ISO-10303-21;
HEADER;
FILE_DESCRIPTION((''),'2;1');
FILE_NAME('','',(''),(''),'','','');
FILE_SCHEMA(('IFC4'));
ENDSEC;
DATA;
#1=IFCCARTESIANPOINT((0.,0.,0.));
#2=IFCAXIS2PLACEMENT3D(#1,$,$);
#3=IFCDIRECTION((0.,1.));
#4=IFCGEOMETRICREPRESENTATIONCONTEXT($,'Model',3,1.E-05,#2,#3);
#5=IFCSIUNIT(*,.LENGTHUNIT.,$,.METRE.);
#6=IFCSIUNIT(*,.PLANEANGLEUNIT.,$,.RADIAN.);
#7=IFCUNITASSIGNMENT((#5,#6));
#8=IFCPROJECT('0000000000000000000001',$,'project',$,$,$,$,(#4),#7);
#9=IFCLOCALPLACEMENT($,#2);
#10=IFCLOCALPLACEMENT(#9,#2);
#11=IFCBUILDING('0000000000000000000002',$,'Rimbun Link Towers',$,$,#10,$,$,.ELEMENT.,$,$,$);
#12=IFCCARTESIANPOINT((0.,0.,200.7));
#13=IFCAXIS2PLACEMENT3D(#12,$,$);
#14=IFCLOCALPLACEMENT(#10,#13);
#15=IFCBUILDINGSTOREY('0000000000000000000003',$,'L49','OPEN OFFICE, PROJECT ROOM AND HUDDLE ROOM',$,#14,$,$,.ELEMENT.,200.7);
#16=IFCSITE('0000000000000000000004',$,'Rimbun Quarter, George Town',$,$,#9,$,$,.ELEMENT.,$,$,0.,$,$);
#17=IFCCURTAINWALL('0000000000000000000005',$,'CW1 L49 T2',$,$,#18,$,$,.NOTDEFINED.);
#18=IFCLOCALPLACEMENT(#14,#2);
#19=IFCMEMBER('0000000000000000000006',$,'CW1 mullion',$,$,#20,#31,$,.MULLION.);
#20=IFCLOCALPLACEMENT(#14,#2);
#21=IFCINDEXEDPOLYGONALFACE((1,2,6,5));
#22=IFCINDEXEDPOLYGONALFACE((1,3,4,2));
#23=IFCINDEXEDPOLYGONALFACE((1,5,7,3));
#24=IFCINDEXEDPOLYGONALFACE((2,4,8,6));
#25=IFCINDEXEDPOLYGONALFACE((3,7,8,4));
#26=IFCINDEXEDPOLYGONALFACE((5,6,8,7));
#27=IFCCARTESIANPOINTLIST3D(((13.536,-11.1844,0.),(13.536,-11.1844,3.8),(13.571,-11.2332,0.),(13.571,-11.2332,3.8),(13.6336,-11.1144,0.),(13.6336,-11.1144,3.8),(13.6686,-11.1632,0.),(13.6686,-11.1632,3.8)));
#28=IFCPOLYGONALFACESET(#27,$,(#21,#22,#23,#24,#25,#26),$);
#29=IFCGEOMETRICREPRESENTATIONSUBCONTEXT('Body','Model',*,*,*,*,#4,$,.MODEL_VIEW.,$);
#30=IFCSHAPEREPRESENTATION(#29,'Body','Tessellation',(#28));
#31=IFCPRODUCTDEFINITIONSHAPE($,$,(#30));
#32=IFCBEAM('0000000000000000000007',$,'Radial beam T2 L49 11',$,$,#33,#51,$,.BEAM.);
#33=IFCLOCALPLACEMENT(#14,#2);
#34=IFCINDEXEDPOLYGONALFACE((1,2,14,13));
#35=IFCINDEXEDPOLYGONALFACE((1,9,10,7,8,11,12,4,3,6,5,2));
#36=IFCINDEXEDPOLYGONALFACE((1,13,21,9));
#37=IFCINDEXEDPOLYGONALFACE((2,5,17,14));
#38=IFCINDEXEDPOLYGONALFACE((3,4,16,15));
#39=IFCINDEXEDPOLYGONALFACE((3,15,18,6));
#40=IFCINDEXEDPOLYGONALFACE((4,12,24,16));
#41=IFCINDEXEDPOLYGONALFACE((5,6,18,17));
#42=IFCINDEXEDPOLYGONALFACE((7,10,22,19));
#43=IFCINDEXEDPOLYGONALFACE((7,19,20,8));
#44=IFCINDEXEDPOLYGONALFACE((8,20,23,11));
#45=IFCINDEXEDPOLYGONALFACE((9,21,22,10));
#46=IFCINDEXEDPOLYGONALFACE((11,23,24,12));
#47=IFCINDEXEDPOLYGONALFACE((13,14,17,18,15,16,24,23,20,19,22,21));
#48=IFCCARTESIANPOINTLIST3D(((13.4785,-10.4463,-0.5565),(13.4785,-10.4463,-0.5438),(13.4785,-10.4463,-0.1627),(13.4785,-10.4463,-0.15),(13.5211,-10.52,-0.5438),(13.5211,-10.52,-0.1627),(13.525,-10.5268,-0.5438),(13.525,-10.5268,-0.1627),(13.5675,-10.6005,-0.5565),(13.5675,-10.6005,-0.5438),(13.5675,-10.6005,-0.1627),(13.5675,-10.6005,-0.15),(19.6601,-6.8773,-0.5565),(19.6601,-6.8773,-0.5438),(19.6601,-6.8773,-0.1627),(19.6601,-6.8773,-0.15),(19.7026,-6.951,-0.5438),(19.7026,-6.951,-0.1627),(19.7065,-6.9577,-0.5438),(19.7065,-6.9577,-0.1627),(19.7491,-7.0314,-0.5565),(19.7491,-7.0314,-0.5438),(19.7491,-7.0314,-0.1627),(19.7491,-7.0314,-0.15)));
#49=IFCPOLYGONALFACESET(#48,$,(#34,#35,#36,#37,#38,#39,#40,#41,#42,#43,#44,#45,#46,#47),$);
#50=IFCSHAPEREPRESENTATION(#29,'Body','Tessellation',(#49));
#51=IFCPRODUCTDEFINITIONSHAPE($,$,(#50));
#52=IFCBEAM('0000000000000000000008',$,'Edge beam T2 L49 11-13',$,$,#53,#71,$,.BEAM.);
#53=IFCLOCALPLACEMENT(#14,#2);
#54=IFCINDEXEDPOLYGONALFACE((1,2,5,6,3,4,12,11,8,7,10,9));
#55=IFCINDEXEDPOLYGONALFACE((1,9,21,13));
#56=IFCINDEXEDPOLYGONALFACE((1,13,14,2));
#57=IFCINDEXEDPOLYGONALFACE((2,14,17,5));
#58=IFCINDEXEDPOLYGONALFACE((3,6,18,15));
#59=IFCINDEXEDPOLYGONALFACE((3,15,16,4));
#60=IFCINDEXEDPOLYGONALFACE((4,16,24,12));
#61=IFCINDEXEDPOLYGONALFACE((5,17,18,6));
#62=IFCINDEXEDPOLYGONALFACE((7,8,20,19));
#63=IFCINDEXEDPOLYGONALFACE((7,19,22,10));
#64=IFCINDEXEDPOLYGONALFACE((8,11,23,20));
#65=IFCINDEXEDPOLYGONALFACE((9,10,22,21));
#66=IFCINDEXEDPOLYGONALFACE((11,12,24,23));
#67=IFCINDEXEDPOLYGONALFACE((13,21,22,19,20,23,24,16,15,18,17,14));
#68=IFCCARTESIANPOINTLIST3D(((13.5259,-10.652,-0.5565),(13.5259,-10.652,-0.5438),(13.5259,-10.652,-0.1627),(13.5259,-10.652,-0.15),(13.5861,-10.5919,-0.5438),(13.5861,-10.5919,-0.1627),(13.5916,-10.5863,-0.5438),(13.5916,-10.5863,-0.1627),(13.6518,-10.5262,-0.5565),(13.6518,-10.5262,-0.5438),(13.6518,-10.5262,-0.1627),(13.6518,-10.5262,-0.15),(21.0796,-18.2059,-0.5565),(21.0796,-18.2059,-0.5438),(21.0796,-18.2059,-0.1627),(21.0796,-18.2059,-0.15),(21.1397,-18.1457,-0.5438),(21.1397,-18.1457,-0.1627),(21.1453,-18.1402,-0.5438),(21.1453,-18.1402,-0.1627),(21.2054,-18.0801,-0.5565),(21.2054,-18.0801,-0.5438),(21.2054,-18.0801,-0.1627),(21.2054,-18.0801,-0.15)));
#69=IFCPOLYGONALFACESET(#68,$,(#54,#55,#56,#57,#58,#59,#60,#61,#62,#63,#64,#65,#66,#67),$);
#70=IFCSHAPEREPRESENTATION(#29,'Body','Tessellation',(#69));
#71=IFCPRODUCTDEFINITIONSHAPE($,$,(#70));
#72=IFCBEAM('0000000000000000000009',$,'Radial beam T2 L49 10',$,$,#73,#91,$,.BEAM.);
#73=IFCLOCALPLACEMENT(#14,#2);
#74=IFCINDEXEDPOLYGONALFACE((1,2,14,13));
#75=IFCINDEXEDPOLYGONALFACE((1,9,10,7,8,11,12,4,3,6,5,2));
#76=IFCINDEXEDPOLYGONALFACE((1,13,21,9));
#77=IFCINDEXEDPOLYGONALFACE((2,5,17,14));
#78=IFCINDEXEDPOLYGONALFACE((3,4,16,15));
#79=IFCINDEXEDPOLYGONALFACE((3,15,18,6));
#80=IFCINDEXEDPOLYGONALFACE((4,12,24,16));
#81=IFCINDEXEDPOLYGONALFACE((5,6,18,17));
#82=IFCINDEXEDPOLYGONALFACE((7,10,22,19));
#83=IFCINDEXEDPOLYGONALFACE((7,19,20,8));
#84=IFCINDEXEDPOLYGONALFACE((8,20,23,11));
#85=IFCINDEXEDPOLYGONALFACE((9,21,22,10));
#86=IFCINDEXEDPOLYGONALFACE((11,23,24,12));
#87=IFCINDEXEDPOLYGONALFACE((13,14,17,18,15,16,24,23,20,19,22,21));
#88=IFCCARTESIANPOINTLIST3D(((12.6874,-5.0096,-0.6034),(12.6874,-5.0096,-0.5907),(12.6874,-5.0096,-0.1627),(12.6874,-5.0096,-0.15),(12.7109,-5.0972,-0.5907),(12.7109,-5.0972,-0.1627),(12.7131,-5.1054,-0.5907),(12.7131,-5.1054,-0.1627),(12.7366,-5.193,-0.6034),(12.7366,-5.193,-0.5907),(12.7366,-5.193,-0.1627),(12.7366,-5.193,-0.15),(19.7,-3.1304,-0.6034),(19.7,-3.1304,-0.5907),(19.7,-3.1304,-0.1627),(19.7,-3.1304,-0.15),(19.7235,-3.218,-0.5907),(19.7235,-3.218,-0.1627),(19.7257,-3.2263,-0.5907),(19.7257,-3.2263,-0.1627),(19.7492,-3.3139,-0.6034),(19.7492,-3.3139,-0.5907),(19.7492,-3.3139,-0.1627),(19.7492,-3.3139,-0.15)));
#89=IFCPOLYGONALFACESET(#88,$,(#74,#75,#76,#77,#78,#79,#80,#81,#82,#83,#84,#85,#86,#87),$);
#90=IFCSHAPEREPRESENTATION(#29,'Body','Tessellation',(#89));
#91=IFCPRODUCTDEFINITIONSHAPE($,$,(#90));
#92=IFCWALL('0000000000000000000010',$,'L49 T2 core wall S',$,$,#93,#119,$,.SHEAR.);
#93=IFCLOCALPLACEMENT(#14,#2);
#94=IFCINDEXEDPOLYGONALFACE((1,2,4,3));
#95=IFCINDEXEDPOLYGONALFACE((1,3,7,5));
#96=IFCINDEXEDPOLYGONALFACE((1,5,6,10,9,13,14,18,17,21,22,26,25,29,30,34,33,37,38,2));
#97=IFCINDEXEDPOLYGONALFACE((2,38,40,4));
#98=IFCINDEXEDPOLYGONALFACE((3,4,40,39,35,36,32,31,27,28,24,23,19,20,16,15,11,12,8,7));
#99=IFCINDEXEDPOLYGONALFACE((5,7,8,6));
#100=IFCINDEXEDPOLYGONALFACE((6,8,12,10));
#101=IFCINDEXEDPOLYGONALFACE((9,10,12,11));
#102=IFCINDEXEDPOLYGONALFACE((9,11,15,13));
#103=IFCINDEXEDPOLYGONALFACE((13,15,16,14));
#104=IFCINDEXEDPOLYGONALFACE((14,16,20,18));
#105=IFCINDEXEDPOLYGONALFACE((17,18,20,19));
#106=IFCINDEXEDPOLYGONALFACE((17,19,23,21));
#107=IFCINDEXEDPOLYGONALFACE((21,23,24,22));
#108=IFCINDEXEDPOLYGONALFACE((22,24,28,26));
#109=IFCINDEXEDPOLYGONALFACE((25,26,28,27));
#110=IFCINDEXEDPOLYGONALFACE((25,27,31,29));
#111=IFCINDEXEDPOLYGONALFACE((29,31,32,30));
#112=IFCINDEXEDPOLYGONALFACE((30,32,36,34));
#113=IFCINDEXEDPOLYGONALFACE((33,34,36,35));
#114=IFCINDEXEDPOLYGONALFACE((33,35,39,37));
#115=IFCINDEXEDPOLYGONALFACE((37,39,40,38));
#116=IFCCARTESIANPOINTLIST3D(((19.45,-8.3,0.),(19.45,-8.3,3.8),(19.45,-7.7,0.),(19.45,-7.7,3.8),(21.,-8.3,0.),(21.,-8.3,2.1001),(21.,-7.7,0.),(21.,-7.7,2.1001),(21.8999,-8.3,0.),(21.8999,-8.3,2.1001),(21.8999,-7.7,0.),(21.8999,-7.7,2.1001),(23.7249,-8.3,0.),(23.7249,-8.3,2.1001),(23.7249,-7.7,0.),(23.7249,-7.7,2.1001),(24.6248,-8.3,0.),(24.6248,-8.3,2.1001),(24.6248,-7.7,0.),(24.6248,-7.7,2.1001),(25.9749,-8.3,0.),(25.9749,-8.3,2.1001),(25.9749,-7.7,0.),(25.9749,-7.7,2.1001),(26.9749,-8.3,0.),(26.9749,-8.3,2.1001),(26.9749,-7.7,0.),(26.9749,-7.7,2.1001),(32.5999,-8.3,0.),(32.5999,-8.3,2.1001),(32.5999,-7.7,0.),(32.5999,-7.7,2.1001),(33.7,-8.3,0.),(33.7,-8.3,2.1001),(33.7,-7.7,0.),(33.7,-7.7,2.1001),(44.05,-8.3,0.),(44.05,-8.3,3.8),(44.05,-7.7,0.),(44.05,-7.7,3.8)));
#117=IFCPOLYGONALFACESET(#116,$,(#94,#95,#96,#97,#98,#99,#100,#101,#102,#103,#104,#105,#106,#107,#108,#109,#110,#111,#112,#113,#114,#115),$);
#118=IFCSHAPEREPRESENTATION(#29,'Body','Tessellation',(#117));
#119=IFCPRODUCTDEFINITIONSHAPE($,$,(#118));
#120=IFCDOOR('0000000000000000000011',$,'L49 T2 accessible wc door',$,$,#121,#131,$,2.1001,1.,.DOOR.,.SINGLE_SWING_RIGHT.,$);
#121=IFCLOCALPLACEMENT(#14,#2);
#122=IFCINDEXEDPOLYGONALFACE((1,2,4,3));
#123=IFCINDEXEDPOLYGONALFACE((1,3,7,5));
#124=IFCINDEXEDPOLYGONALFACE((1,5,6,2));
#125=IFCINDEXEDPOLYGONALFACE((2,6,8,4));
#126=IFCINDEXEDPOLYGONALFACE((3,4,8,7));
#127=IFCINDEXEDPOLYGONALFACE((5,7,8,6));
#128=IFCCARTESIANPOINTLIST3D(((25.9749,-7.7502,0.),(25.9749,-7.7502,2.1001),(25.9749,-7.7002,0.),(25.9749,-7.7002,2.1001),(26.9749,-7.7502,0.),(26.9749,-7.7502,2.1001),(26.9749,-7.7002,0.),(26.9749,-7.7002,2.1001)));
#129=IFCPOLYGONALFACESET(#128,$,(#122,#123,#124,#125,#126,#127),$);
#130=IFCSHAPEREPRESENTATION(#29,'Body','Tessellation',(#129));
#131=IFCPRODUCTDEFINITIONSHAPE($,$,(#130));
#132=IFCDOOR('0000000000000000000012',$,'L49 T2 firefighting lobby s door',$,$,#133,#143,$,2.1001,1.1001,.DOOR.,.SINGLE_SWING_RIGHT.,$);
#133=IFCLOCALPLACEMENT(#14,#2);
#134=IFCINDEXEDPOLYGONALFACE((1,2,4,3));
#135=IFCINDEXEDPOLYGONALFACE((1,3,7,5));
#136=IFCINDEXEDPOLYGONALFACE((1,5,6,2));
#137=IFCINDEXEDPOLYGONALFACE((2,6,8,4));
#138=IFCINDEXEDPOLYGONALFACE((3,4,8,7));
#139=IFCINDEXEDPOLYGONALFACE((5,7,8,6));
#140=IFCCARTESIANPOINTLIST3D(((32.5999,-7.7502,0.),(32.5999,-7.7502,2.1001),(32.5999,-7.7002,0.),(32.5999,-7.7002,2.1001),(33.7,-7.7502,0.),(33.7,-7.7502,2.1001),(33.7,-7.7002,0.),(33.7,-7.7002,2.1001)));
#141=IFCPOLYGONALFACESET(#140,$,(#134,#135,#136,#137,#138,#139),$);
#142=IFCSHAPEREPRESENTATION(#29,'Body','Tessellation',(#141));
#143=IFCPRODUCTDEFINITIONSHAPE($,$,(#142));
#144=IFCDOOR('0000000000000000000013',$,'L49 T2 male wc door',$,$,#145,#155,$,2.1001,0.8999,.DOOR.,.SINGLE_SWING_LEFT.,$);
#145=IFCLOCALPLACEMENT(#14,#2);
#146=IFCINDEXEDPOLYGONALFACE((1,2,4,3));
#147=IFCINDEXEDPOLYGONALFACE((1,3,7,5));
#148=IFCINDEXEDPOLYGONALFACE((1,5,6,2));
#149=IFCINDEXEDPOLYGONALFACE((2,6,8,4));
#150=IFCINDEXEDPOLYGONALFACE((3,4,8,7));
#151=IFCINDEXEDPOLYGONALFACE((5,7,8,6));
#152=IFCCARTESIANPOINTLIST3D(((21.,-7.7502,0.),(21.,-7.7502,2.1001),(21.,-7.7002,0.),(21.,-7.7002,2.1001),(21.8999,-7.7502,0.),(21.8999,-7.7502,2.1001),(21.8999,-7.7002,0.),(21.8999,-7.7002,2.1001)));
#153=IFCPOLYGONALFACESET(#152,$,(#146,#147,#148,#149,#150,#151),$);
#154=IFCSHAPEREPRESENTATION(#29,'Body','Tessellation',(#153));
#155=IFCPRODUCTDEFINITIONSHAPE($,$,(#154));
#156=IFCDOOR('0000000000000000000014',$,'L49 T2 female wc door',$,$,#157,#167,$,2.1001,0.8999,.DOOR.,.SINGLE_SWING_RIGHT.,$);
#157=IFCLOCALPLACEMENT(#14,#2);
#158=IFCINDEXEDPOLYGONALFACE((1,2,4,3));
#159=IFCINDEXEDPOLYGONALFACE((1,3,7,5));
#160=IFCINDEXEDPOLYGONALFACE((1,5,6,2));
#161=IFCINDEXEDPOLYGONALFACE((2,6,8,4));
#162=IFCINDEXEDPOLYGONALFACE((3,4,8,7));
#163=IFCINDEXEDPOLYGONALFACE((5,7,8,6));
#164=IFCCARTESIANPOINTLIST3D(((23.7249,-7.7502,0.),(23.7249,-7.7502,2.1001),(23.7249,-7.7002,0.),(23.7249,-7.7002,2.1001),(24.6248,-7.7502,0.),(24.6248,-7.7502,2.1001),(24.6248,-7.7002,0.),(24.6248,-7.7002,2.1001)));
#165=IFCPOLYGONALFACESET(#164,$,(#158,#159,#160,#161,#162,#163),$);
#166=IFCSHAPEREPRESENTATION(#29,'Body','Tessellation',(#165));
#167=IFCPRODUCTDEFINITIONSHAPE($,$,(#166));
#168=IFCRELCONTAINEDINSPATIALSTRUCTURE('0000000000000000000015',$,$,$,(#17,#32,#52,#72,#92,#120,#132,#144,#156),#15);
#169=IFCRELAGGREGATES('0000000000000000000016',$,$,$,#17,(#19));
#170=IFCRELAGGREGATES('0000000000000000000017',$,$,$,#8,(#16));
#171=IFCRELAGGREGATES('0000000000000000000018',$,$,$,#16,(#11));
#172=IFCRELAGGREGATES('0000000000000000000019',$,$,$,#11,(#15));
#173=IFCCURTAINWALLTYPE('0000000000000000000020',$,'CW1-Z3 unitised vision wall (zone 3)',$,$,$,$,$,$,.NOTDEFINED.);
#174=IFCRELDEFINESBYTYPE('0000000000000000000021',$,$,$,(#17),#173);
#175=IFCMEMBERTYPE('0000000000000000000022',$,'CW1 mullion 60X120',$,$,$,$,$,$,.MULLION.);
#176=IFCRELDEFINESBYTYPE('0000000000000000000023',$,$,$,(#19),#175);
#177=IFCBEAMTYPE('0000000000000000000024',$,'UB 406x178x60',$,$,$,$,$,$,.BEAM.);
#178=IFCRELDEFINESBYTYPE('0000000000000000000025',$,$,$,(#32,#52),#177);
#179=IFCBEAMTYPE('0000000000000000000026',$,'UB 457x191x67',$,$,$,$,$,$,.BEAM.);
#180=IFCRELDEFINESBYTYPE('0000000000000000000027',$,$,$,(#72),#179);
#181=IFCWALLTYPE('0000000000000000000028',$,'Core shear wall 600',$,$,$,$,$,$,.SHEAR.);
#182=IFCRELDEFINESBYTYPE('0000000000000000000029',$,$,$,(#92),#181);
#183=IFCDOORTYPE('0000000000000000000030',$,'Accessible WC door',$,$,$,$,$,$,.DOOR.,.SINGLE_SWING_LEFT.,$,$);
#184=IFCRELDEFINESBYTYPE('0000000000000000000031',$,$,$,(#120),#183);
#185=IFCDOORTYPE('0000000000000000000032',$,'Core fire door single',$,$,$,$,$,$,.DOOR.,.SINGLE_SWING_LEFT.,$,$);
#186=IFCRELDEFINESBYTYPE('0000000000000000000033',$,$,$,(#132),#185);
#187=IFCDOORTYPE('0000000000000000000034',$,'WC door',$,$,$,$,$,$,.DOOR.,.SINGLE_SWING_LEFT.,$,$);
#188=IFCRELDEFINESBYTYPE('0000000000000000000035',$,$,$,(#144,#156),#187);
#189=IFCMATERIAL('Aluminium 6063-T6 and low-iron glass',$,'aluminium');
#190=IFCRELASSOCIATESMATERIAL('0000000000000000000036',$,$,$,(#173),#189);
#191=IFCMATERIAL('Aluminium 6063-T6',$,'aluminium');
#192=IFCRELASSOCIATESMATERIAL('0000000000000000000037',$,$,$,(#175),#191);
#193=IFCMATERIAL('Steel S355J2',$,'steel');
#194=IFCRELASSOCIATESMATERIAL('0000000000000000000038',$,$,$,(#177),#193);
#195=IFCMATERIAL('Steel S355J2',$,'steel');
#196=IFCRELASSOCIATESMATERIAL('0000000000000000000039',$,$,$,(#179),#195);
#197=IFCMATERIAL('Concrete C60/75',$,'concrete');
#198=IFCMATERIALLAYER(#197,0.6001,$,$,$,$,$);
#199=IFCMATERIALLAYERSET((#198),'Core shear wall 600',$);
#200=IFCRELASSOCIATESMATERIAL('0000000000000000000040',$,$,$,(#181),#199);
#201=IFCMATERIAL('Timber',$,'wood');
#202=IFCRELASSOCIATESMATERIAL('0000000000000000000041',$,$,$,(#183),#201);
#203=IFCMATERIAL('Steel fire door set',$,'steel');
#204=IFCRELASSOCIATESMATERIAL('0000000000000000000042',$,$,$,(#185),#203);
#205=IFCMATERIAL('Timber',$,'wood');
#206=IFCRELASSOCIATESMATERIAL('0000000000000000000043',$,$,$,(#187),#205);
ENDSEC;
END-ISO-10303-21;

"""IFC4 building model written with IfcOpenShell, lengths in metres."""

from ifc_helpers import new_model, si_unit, direction, frame, frame_2d, origin, origin_2d, place, context, subcontext, project, spatial, rectangle, i_section, extrude, material, layer, layer_set, material_profile, profile_set, type_object, element, fill, aggregate, save


model = new_model("IFC4")

# Units and contexts
model_context = context("Model", 3, precision=1e-05, world=origin(), true_north=direction((0.0, 1.0)))
body_context = subcontext(model_context, "Body", "Model", "MODEL_VIEW")
ifc_project = project(units=[si_unit("LENGTHUNIT", "METRE"), si_unit("PLANEANGLEUNIT", "RADIAN")], contexts=[model_context])

# Site, building, storey
site_placement = place(None, origin())
site = spatial("IfcSite", under=ifc_project, at=site_placement, Name="Rimbun Quarter, George Town", CompositionType="ELEMENT", RefElevation=0.0)
building_placement = place(site_placement, origin())
building = spatial("IfcBuilding", under=site, at=building_placement, Name="Rimbun Link Towers", CompositionType="ELEMENT")
storey_placement = place(building_placement, frame((0.0, 0.0, 200.7)))
storey = spatial("IfcBuildingStorey", under=building, at=storey_placement, Name="L49", Description="OPEN OFFICE, PROJECT ROOM AND HUDDLE ROOM", CompositionType="ELEMENT", Elevation=200.7)

# Curtain wall, member
ifc_material_1 = material(Name="Aluminium 6063-T6 and low-iron glass", Category="aluminium")
curtain_wall_type = type_object("IfcCurtainWallType", Name="CW1-Z3 unitised vision wall (zone 3)", PredefinedType="NOTDEFINED", material=ifc_material_1)
curtain_wall_placement = place(storey_placement, origin())
curtain_wall = element("IfcCurtainWall", 1, at=curtain_wall_placement, inside=storey, type_object=curtain_wall_type, Name="CW1 L49 T2", PredefinedType="NOTDEFINED")
ifc_material_2 = material(Name="Aluminium 6063-T6", Category="aluminium")
ifc_material_profile_1 = material_profile(ifc_material_2, rectangle(XDim=0.1201, YDim=0.0601, at=origin_2d()), Name="MULLION 60X120")
ifc_profile_set_1 = profile_set([ifc_material_profile_1], Name="Aluminium 6063-T6")
member_type = type_object("IfcMemberType", Name="CW1 mullion 60X120", PredefinedType="MULLION", material=ifc_profile_set_1)
member_placement = place(storey_placement, frame((13.6023, -11.1738, 0.0), z_axis=(0.0, 0.0, 1.0), x_axis=(-0.812465, -0.583009, 0.0)))
member = element("IfcMember", 2, at=member_placement, type_object=member_type, Name="CW1 mullion", PredefinedType="MULLION", context=body_context, shape_type="SweptSolid", body=[
    extrude(rectangle(XDim=0.1201, YDim=0.0601, at=origin_2d()), origin(), (0.0, 0.0, 1.0), 3.8),
])
aggregate(curtain_wall, [member])

# Beams
ifc_material_3 = material(Name="Steel S355J2", Category="steel")
ifc_material_profile_2 = material_profile(ifc_material_3, i_section(OverallWidth=0.178, OverallDepth=0.4065, WebThickness=0.0078, FlangeThickness=0.0127, at=origin_2d()), Name="UB 406x178x60")
ifc_profile_set_2 = profile_set([ifc_material_profile_2], Name="Steel S355J2")
beam_type_1 = type_object("IfcBeamType", Name="UB 406x178x60", PredefinedType="BEAM", material=ifc_profile_set_2)
beam_1_placement = place(storey_placement, frame((19.7046, -6.9543, -0.3533), z_axis=(-0.866018, -0.500013, 0.0), x_axis=(0.500013, -0.866018, 0.0)))
element("IfcBeam", 3, at=beam_1_placement, inside=storey, type_object=beam_type_1, Name="Radial beam T2 L49 11", PredefinedType="BEAM", context=body_context, shape_type="SweptSolid", body=[
    extrude(i_section(OverallWidth=0.178, OverallDepth=0.4065, WebThickness=0.0078, FlangeThickness=0.0127, at=origin_2d()), origin(), (0.0, 0.0, 1.0), 7.1379),
])
beam_2_placement = place(storey_placement, frame((13.5889, -10.5891, -0.3533), z_axis=(0.707095, -0.707118, 0.0), x_axis=(0.707118, 0.707095, 0.0)))
element("IfcBeam", 4, at=beam_2_placement, inside=storey, type_object=beam_type_1, Name="Edge beam T2 L49 11-13", PredefinedType="BEAM", context=body_context, shape_type="SweptSolid", body=[
    extrude(i_section(OverallWidth=0.178, OverallDepth=0.4065, WebThickness=0.0078, FlangeThickness=0.0127, at=origin_2d()), origin(), (0.0, 0.0, 1.0), 10.6826),
])
ifc_material_4 = material(Name="Steel S355J2", Category="steel")
ifc_material_profile_3 = material_profile(ifc_material_4, i_section(OverallWidth=0.1899, OverallDepth=0.4534, WebThickness=0.0085, FlangeThickness=0.0127, at=origin_2d()), Name="UB 457x191x67")
ifc_profile_set_3 = profile_set([ifc_material_profile_3], Name="Steel S355J2")
beam_type_2 = type_object("IfcBeamType", Name="UB 457x191x67", PredefinedType="BEAM", material=ifc_profile_set_3)
beam_3_placement = place(storey_placement, frame((19.7246, -3.2222, -0.3767), z_axis=(-0.965922, -0.258832, 0.0), x_axis=(0.258832, -0.965922, 0.0)))
element("IfcBeam", 5, at=beam_3_placement, inside=storey, type_object=beam_type_2, Name="Radial beam T2 L49 10", PredefinedType="BEAM", context=body_context, shape_type="SweptSolid", body=[
    extrude(i_section(OverallWidth=0.1899, OverallDepth=0.4534, WebThickness=0.0085, FlangeThickness=0.0127, at=origin_2d()), origin(), (0.0, 0.0, 1.0), 7.26),
])

# Wall, openings, doors
ifc_material_5 = material(Name="Concrete C60/75", Category="concrete")
ifc_layer_1 = layer(ifc_material_5, 0.6001)
ifc_layer_set_1 = layer_set([ifc_layer_1], Name="Core shear wall 600")
wall_type_1 = type_object("IfcWallType", Name="Core shear wall 600", PredefinedType="SHEAR", material=ifc_layer_set_1)
wall_1_placement = place(storey_placement, frame((19.45, -8.0, 0.0), z_axis=(0.0, 0.0, 1.0), x_axis=(1.0, 0.0, 0.0)))
wall_1 = element("IfcWall", 6, at=wall_1_placement, inside=storey, type_object=wall_type_1, Name="L49 T2 core wall S", PredefinedType="SHEAR", context=body_context, shape_type="SweptSolid", body=[
    extrude(rectangle(XDim=24.6001, YDim=0.6001, at=frame_2d((12.3, 0.0))), origin(), (0.0, 0.0, 1.0), 3.8),
])
opening_1_placement = place(wall_1_placement, frame((13.1499, 0.0, 0.0)))
opening_1 = element("IfcOpeningElement", 7, at=opening_1_placement, cuts=wall_1, PredefinedType="OPENING", context=body_context, shape_type="SweptSolid", body=[
    extrude(rectangle(XDim=1.1001, YDim=2.1001, at=frame_2d((0.55, 1.05))), frame((0.0, 0.3101, 0.0), z_axis=(0.0, -1.0, 0.0), x_axis=(1.0, 0.0, 0.0)), (0.0, 0.0, 1.0), 0.6201),
])
opening_2_placement = place(wall_1_placement, frame((1.55, 0.0, 0.0)))
opening_2 = element("IfcOpeningElement", 8, at=opening_2_placement, cuts=wall_1, PredefinedType="OPENING", context=body_context, shape_type="SweptSolid", body=[
    extrude(rectangle(XDim=0.8999, YDim=2.1001, at=frame_2d((0.45, 1.05))), frame((0.0, 0.3101, 0.0), z_axis=(0.0, -1.0, 0.0), x_axis=(1.0, 0.0, 0.0)), (0.0, 0.0, 1.0), 0.6201),
])
opening_3_placement = place(wall_1_placement, frame((4.2749, 0.0, 0.0)))
opening_3 = element("IfcOpeningElement", 9, at=opening_3_placement, cuts=wall_1, PredefinedType="OPENING", context=body_context, shape_type="SweptSolid", body=[
    extrude(rectangle(XDim=0.8999, YDim=2.1001, at=frame_2d((0.45, 1.05))), frame((0.0, 0.3101, 0.0), z_axis=(0.0, -1.0, 0.0), x_axis=(1.0, 0.0, 0.0)), (0.0, 0.0, 1.0), 0.6201),
])
opening_4_placement = place(wall_1_placement, frame((6.5249, 0.0, 0.0)))
opening_4 = element("IfcOpeningElement", 10, at=opening_4_placement, cuts=wall_1, PredefinedType="OPENING", context=body_context, shape_type="SweptSolid", body=[
    extrude(rectangle(XDim=1.0, YDim=2.1001, at=frame_2d((0.5, 1.05))), frame((0.0, 0.3101, 0.0), z_axis=(0.0, -1.0, 0.0), x_axis=(1.0, 0.0, 0.0)), (0.0, 0.0, 1.0), 0.6201),
])
ifc_material_6 = material(Name="Timber", Category="wood")
door_type_1 = type_object("IfcDoorType", Name="Accessible WC door", OperationType="SINGLE_SWING_LEFT", PredefinedType="DOOR", material=ifc_material_6)
door_1_placement = place(opening_4_placement, origin())
door_1 = element("IfcDoor", 11, at=door_1_placement, inside=storey, type_object=door_type_1, Name="L49 T2 accessible wc door", OperationType="SINGLE_SWING_RIGHT", OverallHeight=2.1001, OverallWidth=1.0, PredefinedType="DOOR", context=body_context, shape_type="SweptSolid", body=[
    extrude(rectangle(XDim=1.0, YDim=2.1001, at=frame_2d((0.5, 1.05))), frame((0.0, 0.2998, 0.0), z_axis=(0.0, -1.0, 0.0), x_axis=(1.0, 0.0, 0.0)), (0.0, 0.0, 1.0), 0.05),
])
fill(opening_4, door_1)
ifc_material_7 = material(Name="Steel fire door set", Category="steel")
door_type_2 = type_object("IfcDoorType", Name="Core fire door single", OperationType="SINGLE_SWING_LEFT", PredefinedType="DOOR", material=ifc_material_7)
door_2_placement = place(opening_1_placement, origin())
door_2 = element("IfcDoor", 12, at=door_2_placement, inside=storey, type_object=door_type_2, Name="L49 T2 firefighting lobby s door", OperationType="SINGLE_SWING_RIGHT", OverallHeight=2.1001, OverallWidth=1.1001, PredefinedType="DOOR", context=body_context, shape_type="SweptSolid", body=[
    extrude(rectangle(XDim=1.1001, YDim=2.1001, at=frame_2d((0.55, 1.05))), frame((0.0, 0.2998, 0.0), z_axis=(0.0, -1.0, 0.0), x_axis=(1.0, 0.0, 0.0)), (0.0, 0.0, 1.0), 0.05),
])
fill(opening_1, door_2)
ifc_material_8 = material(Name="Timber", Category="wood")
door_type_3 = type_object("IfcDoorType", Name="WC door", OperationType="SINGLE_SWING_LEFT", PredefinedType="DOOR", material=ifc_material_8)
door_3_placement = place(opening_2_placement, origin())
door_3 = element("IfcDoor", 13, at=door_3_placement, inside=storey, type_object=door_type_3, Name="L49 T2 male wc door", OperationType="SINGLE_SWING_LEFT", OverallHeight=2.1001, OverallWidth=0.8999, PredefinedType="DOOR", context=body_context, shape_type="SweptSolid", body=[
    extrude(rectangle(XDim=0.8999, YDim=2.1001, at=frame_2d((0.45, 1.05))), frame((0.0, 0.2998, 0.0), z_axis=(0.0, -1.0, 0.0), x_axis=(1.0, 0.0, 0.0)), (0.0, 0.0, 1.0), 0.05),
])
fill(opening_2, door_3)
door_4_placement = place(opening_3_placement, origin())
door_4 = element("IfcDoor", 14, at=door_4_placement, inside=storey, type_object=door_type_3, Name="L49 T2 female wc door", OperationType="SINGLE_SWING_RIGHT", OverallHeight=2.1001, OverallWidth=0.8999, PredefinedType="DOOR", context=body_context, shape_type="SweptSolid", body=[
    extrude(rectangle(XDim=0.8999, YDim=2.1001, at=frame_2d((0.45, 1.05))), frame((0.0, 0.2998, 0.0), z_axis=(0.0, -1.0, 0.0), x_axis=(1.0, 0.0, 0.0)), (0.0, 0.0, 1.0), 0.05),
])
fill(opening_3, door_4)

save(model, "model.ifc")
